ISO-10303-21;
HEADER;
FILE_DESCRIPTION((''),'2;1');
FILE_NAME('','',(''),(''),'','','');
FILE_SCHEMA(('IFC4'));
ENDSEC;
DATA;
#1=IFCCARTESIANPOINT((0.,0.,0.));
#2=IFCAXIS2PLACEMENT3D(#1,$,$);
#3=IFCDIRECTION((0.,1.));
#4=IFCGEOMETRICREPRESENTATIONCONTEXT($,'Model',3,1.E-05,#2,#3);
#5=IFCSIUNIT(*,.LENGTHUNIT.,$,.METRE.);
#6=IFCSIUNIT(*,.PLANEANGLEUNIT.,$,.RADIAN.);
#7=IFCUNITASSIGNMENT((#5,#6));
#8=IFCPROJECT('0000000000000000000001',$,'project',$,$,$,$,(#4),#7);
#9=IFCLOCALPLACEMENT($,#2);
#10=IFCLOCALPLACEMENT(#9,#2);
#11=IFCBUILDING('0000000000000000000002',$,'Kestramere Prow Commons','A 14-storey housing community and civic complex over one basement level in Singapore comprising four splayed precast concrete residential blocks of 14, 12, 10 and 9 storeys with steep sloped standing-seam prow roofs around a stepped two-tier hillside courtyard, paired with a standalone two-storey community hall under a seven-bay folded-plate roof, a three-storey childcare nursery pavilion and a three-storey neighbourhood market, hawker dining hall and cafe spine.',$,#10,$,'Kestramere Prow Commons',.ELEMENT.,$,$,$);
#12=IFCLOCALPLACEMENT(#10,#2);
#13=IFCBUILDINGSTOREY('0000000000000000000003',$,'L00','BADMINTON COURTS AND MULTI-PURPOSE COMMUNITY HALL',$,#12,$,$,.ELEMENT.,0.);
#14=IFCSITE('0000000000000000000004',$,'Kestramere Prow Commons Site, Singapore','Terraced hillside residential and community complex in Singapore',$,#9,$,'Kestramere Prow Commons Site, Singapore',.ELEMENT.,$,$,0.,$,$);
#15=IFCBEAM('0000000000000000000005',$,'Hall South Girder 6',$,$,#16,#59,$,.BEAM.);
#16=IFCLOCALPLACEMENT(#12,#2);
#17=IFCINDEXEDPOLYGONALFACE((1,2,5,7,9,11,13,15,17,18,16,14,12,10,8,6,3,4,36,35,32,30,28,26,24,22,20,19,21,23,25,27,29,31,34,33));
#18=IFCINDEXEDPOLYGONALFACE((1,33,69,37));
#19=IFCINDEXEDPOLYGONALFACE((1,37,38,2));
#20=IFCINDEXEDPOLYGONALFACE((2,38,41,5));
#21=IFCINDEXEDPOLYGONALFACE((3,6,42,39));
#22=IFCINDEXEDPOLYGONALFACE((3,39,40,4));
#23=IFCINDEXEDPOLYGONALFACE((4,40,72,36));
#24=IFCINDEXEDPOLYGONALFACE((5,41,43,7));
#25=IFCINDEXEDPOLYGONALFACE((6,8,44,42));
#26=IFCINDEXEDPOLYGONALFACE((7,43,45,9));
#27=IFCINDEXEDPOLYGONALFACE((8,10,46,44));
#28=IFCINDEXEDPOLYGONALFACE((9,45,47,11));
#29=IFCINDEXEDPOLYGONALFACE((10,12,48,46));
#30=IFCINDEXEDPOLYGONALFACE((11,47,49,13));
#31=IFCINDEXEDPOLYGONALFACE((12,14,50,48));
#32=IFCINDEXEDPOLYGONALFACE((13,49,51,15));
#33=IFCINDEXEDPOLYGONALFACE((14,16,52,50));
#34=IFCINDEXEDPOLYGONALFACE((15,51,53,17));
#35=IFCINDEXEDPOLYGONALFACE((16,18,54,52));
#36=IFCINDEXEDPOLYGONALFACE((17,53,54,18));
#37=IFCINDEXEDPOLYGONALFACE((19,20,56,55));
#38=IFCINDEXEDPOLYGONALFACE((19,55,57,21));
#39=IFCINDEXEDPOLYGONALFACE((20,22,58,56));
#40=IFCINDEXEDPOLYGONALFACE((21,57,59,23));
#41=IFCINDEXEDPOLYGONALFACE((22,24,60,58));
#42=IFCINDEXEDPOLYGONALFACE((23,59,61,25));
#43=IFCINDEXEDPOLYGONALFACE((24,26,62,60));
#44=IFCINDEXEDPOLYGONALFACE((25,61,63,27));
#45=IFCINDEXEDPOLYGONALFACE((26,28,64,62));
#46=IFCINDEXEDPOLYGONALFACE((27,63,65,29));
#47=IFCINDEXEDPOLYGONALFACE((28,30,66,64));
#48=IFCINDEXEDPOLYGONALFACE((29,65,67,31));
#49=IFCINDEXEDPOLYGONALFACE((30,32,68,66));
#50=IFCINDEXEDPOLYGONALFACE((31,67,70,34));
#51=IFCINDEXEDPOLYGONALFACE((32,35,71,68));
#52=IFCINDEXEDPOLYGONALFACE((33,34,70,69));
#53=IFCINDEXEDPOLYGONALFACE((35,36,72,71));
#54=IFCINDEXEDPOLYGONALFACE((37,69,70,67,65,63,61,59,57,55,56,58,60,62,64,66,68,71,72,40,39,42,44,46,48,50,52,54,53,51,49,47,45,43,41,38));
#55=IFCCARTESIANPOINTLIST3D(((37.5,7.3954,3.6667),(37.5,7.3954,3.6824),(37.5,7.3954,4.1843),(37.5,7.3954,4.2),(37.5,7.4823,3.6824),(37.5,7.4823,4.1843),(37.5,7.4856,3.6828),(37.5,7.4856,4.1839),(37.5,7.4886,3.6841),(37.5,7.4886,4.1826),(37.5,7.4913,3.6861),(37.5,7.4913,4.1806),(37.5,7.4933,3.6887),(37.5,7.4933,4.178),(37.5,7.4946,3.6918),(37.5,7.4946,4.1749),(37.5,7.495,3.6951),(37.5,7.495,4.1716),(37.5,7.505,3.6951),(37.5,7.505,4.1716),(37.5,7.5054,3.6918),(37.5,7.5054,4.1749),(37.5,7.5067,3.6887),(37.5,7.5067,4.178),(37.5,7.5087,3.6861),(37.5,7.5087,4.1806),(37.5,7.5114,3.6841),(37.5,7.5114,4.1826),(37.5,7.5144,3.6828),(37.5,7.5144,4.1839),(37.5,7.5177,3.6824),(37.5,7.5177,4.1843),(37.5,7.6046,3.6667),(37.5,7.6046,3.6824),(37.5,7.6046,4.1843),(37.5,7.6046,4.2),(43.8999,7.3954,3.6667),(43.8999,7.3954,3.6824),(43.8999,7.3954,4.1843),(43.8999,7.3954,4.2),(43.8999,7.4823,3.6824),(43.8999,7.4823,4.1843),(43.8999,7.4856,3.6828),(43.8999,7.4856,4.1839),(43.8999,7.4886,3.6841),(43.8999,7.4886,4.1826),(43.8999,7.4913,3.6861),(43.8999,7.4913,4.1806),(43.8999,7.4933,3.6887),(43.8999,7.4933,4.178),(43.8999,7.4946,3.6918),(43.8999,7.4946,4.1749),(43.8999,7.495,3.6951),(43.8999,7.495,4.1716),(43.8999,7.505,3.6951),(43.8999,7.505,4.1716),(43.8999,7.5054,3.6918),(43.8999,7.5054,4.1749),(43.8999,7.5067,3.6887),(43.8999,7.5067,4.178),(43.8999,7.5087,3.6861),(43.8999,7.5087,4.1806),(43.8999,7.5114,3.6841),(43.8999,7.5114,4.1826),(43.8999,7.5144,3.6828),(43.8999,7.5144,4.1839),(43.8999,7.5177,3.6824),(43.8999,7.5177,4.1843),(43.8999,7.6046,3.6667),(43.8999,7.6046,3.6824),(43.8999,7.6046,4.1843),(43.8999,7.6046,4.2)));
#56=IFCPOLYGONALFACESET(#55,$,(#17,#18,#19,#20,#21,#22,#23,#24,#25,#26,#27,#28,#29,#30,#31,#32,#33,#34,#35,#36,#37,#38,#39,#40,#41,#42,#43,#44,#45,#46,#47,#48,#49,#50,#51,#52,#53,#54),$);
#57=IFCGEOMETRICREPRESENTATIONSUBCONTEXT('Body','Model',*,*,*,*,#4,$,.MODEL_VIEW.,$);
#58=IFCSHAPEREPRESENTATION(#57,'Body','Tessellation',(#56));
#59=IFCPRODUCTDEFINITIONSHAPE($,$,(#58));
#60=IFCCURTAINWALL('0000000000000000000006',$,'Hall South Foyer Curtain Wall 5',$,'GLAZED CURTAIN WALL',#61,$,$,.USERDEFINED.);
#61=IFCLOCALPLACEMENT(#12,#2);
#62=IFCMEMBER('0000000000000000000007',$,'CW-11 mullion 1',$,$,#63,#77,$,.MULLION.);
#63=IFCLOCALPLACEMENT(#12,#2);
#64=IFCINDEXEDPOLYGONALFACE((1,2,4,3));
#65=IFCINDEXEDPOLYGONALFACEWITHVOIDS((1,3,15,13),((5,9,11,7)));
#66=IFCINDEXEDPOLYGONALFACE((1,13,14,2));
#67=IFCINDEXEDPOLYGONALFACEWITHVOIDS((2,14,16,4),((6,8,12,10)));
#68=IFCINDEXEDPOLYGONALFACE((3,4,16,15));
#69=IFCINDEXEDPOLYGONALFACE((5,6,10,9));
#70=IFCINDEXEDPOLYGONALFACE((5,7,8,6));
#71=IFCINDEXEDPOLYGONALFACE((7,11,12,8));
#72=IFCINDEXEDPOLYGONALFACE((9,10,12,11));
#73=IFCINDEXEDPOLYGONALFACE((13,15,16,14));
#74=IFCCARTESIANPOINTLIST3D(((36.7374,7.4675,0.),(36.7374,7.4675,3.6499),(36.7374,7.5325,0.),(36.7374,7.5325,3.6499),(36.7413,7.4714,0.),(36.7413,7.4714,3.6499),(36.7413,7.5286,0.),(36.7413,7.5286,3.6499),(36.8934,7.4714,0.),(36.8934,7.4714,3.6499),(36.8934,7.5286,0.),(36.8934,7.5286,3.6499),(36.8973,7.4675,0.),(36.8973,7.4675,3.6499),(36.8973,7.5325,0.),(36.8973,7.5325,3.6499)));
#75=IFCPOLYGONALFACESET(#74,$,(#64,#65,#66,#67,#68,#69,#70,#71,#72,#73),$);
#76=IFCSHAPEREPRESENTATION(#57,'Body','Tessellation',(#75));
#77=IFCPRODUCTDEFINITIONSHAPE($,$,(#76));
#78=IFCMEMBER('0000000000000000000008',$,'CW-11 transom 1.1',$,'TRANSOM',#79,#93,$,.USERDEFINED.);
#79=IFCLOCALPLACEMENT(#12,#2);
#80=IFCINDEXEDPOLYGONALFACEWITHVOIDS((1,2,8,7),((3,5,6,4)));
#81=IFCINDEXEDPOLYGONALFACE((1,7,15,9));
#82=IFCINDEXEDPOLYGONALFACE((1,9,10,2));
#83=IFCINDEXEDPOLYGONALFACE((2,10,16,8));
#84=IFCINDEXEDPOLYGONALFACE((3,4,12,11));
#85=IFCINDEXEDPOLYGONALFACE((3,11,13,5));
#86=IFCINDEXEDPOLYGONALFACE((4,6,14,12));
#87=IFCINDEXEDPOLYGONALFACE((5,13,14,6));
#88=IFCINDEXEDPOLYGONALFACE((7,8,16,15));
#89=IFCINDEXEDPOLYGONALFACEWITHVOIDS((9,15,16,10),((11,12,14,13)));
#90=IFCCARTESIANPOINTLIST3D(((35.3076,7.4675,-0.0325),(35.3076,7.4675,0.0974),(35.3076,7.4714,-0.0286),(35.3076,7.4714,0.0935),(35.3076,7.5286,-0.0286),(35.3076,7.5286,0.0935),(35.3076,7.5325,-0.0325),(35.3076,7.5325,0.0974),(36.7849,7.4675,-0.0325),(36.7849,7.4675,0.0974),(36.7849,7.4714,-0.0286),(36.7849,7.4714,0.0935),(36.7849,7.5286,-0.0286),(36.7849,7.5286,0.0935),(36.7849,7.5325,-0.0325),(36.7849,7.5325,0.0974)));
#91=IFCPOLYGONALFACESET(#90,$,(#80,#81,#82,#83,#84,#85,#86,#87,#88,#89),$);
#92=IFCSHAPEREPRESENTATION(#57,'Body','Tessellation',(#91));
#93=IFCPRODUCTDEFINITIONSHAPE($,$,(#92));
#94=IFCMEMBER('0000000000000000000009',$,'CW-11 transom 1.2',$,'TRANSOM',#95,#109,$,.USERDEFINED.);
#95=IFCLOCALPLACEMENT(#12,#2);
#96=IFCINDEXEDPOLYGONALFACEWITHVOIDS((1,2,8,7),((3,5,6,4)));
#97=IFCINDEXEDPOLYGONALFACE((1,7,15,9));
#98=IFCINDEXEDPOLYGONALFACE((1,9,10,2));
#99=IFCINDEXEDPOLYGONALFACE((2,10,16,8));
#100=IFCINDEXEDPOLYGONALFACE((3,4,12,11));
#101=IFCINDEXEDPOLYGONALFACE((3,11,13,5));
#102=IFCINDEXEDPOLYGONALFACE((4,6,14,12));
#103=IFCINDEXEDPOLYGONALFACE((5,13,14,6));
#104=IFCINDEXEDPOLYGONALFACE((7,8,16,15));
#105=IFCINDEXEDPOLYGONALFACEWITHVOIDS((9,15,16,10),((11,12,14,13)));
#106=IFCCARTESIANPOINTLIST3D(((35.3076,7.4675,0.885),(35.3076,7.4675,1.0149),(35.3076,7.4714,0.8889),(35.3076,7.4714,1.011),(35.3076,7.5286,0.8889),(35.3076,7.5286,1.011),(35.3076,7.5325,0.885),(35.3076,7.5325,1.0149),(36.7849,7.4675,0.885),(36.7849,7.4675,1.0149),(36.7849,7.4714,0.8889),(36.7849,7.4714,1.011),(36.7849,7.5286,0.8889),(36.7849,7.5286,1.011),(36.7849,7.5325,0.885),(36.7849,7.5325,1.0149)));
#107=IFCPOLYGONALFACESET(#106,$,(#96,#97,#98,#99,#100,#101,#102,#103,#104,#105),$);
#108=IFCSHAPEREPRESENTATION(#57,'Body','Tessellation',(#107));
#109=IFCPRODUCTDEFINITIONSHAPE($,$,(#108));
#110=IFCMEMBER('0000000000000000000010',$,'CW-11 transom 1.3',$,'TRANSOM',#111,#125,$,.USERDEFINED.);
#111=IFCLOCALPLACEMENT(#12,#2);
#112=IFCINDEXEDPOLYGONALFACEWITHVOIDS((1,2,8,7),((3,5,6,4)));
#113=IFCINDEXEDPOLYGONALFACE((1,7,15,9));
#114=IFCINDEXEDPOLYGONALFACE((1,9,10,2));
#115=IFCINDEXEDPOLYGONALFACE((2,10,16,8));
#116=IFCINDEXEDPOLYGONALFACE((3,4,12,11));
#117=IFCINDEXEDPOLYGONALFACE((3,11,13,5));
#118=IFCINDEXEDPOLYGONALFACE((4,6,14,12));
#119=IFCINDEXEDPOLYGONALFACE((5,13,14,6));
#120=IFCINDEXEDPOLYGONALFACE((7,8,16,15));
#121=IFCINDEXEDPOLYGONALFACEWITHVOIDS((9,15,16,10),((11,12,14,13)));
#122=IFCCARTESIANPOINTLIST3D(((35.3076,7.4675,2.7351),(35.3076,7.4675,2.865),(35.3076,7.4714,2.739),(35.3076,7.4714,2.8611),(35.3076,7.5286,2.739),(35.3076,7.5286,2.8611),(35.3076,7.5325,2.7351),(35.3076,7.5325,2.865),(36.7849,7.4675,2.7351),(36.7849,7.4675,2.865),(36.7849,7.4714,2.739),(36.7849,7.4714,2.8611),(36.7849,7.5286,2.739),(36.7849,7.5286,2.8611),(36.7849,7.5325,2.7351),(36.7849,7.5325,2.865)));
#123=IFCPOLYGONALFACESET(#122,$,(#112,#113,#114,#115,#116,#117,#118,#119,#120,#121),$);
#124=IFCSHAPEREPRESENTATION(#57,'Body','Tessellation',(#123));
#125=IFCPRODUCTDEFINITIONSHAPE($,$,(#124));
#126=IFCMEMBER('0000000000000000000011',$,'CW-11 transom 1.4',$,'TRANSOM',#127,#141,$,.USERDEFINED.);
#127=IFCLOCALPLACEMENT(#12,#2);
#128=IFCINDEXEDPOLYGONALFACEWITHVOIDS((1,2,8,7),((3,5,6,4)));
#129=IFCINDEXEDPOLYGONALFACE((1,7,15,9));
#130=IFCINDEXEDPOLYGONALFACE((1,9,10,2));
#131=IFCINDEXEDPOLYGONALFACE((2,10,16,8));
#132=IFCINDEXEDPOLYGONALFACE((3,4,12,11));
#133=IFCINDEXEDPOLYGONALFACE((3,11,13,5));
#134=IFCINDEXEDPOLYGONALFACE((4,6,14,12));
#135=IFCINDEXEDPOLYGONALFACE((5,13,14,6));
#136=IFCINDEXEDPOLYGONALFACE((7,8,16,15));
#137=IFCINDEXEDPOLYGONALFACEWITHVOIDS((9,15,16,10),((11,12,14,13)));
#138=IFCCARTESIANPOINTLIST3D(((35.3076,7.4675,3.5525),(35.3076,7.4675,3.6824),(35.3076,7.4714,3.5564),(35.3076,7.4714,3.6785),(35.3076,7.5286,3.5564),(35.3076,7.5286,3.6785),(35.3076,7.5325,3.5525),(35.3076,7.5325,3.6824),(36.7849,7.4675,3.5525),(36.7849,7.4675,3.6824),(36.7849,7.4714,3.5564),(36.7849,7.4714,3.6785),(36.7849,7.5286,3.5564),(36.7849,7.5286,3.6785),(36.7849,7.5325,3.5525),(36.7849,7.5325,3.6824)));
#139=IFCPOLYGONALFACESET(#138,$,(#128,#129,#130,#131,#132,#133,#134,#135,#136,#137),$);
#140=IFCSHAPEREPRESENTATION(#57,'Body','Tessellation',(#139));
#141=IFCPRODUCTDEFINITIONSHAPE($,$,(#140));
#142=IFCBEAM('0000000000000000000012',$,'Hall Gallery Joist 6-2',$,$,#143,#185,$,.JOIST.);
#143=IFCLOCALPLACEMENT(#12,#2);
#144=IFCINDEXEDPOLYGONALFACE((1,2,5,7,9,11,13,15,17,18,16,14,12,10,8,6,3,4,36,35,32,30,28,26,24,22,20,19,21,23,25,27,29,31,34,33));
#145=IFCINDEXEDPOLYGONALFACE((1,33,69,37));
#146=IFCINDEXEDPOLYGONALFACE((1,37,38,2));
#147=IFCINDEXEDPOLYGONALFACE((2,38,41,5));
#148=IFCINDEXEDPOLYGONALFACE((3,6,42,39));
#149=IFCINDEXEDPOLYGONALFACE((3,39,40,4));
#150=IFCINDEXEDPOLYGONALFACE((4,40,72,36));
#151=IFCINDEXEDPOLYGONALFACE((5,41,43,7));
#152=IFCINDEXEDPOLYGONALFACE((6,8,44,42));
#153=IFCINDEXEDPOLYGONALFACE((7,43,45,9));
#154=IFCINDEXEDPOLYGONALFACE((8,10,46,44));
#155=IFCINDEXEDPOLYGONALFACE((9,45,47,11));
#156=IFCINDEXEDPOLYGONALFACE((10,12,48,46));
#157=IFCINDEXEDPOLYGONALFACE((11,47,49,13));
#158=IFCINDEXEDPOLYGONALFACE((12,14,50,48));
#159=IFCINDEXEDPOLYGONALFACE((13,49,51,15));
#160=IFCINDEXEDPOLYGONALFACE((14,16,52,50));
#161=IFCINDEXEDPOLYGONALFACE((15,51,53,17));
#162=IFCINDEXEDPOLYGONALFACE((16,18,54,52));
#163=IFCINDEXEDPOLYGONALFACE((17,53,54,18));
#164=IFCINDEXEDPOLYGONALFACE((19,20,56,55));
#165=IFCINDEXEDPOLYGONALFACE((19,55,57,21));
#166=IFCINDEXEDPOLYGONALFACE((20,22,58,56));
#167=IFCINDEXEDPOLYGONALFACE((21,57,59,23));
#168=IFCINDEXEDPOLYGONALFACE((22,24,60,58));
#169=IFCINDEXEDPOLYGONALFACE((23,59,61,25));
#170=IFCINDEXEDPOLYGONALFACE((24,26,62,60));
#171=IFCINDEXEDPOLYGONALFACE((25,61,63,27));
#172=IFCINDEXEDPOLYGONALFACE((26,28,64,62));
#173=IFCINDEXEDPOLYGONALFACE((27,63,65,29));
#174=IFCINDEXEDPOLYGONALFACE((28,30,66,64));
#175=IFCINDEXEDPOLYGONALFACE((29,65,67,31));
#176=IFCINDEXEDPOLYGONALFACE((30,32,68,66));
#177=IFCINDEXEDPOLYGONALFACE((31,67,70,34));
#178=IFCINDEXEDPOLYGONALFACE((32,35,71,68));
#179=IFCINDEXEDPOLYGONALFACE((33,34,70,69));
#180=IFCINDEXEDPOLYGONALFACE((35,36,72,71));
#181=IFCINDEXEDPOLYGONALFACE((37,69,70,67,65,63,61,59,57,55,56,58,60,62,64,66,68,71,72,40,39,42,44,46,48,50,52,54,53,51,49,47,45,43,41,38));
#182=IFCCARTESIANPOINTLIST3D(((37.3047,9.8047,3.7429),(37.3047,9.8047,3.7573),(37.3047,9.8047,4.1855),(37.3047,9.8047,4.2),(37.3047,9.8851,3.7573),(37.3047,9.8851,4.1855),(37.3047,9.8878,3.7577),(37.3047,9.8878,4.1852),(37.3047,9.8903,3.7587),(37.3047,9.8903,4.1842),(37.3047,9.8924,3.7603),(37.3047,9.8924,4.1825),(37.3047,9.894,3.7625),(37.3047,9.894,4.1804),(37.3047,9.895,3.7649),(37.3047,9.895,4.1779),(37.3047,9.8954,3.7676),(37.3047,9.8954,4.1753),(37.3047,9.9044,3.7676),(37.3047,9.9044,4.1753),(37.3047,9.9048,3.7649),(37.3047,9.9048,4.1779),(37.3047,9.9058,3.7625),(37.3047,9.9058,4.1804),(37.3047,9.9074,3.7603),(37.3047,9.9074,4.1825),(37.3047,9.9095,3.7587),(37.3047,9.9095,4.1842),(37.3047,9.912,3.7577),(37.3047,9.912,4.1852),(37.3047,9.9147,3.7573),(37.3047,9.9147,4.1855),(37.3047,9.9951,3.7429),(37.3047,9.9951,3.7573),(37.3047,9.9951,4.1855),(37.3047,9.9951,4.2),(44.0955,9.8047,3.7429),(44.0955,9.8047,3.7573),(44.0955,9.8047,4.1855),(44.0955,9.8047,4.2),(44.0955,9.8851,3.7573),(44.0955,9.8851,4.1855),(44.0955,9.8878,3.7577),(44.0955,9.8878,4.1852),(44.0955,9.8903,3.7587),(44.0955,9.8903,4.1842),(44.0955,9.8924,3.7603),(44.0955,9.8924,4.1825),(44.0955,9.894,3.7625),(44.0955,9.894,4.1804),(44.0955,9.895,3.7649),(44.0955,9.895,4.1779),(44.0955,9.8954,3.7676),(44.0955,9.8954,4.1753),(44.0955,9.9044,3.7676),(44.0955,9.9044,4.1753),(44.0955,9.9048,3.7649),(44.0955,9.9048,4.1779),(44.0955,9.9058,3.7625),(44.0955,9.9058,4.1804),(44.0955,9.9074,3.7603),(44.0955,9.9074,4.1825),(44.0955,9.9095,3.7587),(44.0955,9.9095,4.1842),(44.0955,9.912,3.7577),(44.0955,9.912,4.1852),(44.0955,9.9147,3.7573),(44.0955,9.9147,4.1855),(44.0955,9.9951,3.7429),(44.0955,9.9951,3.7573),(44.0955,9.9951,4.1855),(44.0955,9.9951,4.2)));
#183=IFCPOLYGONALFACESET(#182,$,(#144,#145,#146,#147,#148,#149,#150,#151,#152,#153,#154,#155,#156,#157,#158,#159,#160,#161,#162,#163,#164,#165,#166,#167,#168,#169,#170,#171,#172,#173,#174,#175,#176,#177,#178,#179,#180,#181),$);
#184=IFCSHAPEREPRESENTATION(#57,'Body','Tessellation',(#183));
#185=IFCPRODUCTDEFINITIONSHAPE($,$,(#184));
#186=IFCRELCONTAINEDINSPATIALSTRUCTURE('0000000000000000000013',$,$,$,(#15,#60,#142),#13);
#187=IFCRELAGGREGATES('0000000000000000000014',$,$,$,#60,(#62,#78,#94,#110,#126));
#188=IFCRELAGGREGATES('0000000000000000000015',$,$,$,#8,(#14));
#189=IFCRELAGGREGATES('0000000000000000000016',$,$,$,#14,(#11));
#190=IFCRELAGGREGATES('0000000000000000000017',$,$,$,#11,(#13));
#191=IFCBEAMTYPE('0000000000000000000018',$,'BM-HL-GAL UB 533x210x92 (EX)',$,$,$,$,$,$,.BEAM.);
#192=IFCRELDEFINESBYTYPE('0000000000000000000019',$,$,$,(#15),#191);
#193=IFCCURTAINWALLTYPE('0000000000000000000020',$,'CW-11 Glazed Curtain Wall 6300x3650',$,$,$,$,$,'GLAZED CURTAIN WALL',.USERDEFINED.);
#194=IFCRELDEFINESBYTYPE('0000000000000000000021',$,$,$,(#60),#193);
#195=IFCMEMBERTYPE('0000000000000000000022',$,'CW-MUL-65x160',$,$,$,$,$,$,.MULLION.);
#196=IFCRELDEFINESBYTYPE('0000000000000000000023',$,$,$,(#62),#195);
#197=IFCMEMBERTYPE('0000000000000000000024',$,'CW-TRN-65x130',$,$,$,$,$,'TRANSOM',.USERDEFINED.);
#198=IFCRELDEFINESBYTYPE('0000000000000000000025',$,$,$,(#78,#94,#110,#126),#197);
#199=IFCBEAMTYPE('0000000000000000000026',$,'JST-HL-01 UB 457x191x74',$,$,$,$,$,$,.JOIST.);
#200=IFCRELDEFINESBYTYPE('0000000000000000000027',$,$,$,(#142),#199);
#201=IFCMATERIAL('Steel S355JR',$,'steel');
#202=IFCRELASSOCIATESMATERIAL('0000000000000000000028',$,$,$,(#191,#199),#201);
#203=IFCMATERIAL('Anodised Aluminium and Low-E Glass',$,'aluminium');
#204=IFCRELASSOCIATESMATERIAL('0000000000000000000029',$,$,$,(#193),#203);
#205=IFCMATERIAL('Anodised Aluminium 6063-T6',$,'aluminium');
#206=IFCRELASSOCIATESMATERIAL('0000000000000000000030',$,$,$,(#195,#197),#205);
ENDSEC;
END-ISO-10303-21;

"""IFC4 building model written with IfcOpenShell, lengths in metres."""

from ifc_helpers import new_model, si_unit, direction, frame, origin, origin_2d, place, context, subcontext, project, spatial, hollow_rectangle, i_section, extrude, material, material_profile, profile_set, type_object, element, aggregate, save


model = new_model("IFC4")

# Units and contexts
model_context = context("Model", 3, precision=1e-05, world=origin(), true_north=direction((0.0, 1.0)))
body_context = subcontext(model_context, "Body", "Model", "MODEL_VIEW")
ifc_project = project(units=[si_unit("LENGTHUNIT", "METRE"), si_unit("PLANEANGLEUNIT", "RADIAN")], contexts=[model_context])

# Site, building, storey
site_placement = place(None, origin())
site = spatial("IfcSite", under=ifc_project, at=site_placement, Name="Kestramere Prow Commons Site, Singapore", Description="Terraced hillside residential and community complex in Singapore", LongName="Kestramere Prow Commons Site, Singapore", CompositionType="ELEMENT", RefElevation=0.0)
building_placement = place(site_placement, origin())
building = spatial("IfcBuilding", under=site, at=building_placement, Name="Kestramere Prow Commons", Description="A 14-storey housing community and civic complex over one basement level in Singapore comprising four splayed precast concrete residential blocks of 14, 12, 10 and 9 storeys with steep sloped standing-seam prow roofs around a stepped two-tier hillside courtyard, paired with a standalone two-storey community hall under a seven-bay folded-plate roof, a three-storey childcare nursery pavilion and a three-storey neighbourhood market, hawker dining hall and cafe spine.", LongName="Kestramere Prow Commons", CompositionType="ELEMENT")
storey_placement = place(building_placement, origin())
storey = spatial("IfcBuildingStorey", under=building, at=storey_placement, Name="L00", Description="BADMINTON COURTS AND MULTI-PURPOSE COMMUNITY HALL", CompositionType="ELEMENT", Elevation=0.0)

# Beam
ifc_material_1 = material(Name="Steel S355JR", Category="steel")
ifc_material_profile_1 = material_profile(ifc_material_1, i_section(OverallWidth=0.2092, OverallDepth=0.5332, WebThickness=0.01, FlangeThickness=0.0156, FilletRadius=0.0127, at=origin_2d()), Name="UB 533x210x92")
ifc_profile_set_1 = profile_set([ifc_material_profile_1], Name="Steel S355JR")
beam_type_1 = type_object("IfcBeamType", Name="BM-HL-GAL UB 533x210x92 (EX)", PredefinedType="BEAM", material=ifc_profile_set_1)
beam_1_placement = place(storey_placement, frame((37.5, 7.5, 3.9333), z_axis=(1.0, 0.0, 0.0), x_axis=(0.0, 1.0, 0.0)))
element("IfcBeam", 1, at=beam_1_placement, inside=storey, type_object=beam_type_1, Name="Hall South Girder 6", PredefinedType="BEAM", context=body_context, shape_type="SweptSolid", body=[
    extrude(i_section(OverallWidth=0.2092, OverallDepth=0.5332, WebThickness=0.01, FlangeThickness=0.0156, FilletRadius=0.0127, at=origin_2d()), origin(), (0.0, 0.0, 1.0), 6.3999),
])

# Curtain wall, members
ifc_material_2 = material(Name="Anodised Aluminium and Low-E Glass", Category="aluminium")
curtain_wall_type = type_object("IfcCurtainWallType", Name="CW-11 Glazed Curtain Wall 6300x3650", ElementType="GLAZED CURTAIN WALL", PredefinedType="USERDEFINED", material=ifc_material_2)
curtain_wall_placement = place(storey_placement, origin())
curtain_wall = element("IfcCurtainWall", 2, at=curtain_wall_placement, inside=storey, type_object=curtain_wall_type, Name="Hall South Foyer Curtain Wall 5", ObjectType="GLAZED CURTAIN WALL", PredefinedType="USERDEFINED")
ifc_material_3 = material(Name="Anodised Aluminium 6063-T6", Category="aluminium")
ifc_material_profile_2 = material_profile(ifc_material_3, hollow_rectangle(XDim=0.0649, YDim=0.1599, WallThickness=0.0039, at=origin_2d()), Name="ALU-MUL 65x160")
ifc_profile_set_2 = profile_set([ifc_material_profile_2], Name="Anodised Aluminium 6063-T6")
member_type_1 = type_object("IfcMemberType", Name="CW-MUL-65x160", PredefinedType="MULLION", material=ifc_profile_set_2)
member_1_placement = place(storey_placement, frame((36.8174, 7.5, 0.0), z_axis=(0.0, 0.0, 1.0), x_axis=(0.0, -1.0, 0.0)))
member_1 = element("IfcMember", 3, at=member_1_placement, type_object=member_type_1, Name="CW-11 mullion 1", PredefinedType="MULLION", context=body_context, shape_type="SweptSolid", body=[
    extrude(hollow_rectangle(XDim=0.0649, YDim=0.1599, WallThickness=0.0039, at=origin_2d()), origin(), (0.0, 0.0, 1.0), 3.6499),
])
ifc_material_profile_3 = material_profile(ifc_material_3, hollow_rectangle(XDim=0.0649, YDim=0.1299, WallThickness=0.0039, at=origin_2d()), Name="ALU-TRN 65x130")
ifc_profile_set_3 = profile_set([ifc_material_profile_3], Name="Anodised Aluminium 6063-T6")
member_type_2 = type_object("IfcMemberType", Name="CW-TRN-65x130", ElementType="TRANSOM", PredefinedType="USERDEFINED", material=ifc_profile_set_3)
member_2_placement = place(storey_placement, frame((36.7849, 7.5, 0.0325), z_axis=(-1.0, 0.0, 0.0), x_axis=(0.0, -1.0, 0.0)))
member_2 = element("IfcMember", 4, at=member_2_placement, type_object=member_type_2, Name="CW-11 transom 1.1", ObjectType="TRANSOM", PredefinedType="USERDEFINED", context=body_context, shape_type="SweptSolid", body=[
    extrude(hollow_rectangle(XDim=0.0649, YDim=0.1299, WallThickness=0.0039, at=origin_2d()), origin(), (0.0, 0.0, 1.0), 1.4773),
])
member_3_placement = place(storey_placement, frame((36.7849, 7.5, 0.95), z_axis=(-1.0, 0.0, 0.0), x_axis=(0.0, -1.0, 0.0)))
member_3 = element("IfcMember", 5, at=member_3_placement, type_object=member_type_2, Name="CW-11 transom 1.2", ObjectType="TRANSOM", PredefinedType="USERDEFINED", context=body_context, shape_type="SweptSolid", body=[
    extrude(hollow_rectangle(XDim=0.0649, YDim=0.1299, WallThickness=0.0039, at=origin_2d()), origin(), (0.0, 0.0, 1.0), 1.4773),
])
member_4_placement = place(storey_placement, frame((36.7849, 7.5, 2.8), z_axis=(-1.0, 0.0, 0.0), x_axis=(0.0, -1.0, 0.0)))
member_4 = element("IfcMember", 6, at=member_4_placement, type_object=member_type_2, Name="CW-11 transom 1.3", ObjectType="TRANSOM", PredefinedType="USERDEFINED", context=body_context, shape_type="SweptSolid", body=[
    extrude(hollow_rectangle(XDim=0.0649, YDim=0.1299, WallThickness=0.0039, at=origin_2d()), origin(), (0.0, 0.0, 1.0), 1.4773),
])
member_5_placement = place(storey_placement, frame((36.7849, 7.5, 3.6174), z_axis=(-1.0, 0.0, 0.0), x_axis=(0.0, -1.0, 0.0)))
member_5 = element("IfcMember", 7, at=member_5_placement, type_object=member_type_2, Name="CW-11 transom 1.4", ObjectType="TRANSOM", PredefinedType="USERDEFINED", context=body_context, shape_type="SweptSolid", body=[
    extrude(hollow_rectangle(XDim=0.0649, YDim=0.1299, WallThickness=0.0039, at=origin_2d()), origin(), (0.0, 0.0, 1.0), 1.4773),
])

# Beam
ifc_material_profile_4 = material_profile(ifc_material_1, i_section(OverallWidth=0.1904, OverallDepth=0.457, WebThickness=0.009, FlangeThickness=0.0144, FilletRadius=0.0103, at=origin_2d()), Name="UB 457x191x74")
ifc_profile_set_4 = profile_set([ifc_material_profile_4], Name="Steel S355JR")
beam_type_2 = type_object("IfcBeamType", Name="JST-HL-01 UB 457x191x74", PredefinedType="JOIST", material=ifc_profile_set_4)
for number, where, z_axis, x_axis, name in (
    (8, (37.3047, 9.8999, 3.9714), (1.0, 0.0, 0.0), (0.0, 1.0, 0.0), "Hall Gallery Joist 6-2"),
):
    element("IfcBeam", number, at=place(storey_placement, frame(where, z_axis=z_axis, x_axis=x_axis)), inside=storey, type_object=beam_type_2, Name=name, PredefinedType="JOIST", context=body_context, shape_type="SweptSolid", body=[
        extrude(i_section(OverallWidth=0.1904, OverallDepth=0.457, WebThickness=0.009, FlangeThickness=0.0144, FilletRadius=0.0103, at=origin_2d()), origin(), (0.0, 0.0, 1.0), 6.7908),
    ])

aggregate(curtain_wall, [member_1, member_2, member_3, member_4, member_5])

save(model, "model.ifc")
